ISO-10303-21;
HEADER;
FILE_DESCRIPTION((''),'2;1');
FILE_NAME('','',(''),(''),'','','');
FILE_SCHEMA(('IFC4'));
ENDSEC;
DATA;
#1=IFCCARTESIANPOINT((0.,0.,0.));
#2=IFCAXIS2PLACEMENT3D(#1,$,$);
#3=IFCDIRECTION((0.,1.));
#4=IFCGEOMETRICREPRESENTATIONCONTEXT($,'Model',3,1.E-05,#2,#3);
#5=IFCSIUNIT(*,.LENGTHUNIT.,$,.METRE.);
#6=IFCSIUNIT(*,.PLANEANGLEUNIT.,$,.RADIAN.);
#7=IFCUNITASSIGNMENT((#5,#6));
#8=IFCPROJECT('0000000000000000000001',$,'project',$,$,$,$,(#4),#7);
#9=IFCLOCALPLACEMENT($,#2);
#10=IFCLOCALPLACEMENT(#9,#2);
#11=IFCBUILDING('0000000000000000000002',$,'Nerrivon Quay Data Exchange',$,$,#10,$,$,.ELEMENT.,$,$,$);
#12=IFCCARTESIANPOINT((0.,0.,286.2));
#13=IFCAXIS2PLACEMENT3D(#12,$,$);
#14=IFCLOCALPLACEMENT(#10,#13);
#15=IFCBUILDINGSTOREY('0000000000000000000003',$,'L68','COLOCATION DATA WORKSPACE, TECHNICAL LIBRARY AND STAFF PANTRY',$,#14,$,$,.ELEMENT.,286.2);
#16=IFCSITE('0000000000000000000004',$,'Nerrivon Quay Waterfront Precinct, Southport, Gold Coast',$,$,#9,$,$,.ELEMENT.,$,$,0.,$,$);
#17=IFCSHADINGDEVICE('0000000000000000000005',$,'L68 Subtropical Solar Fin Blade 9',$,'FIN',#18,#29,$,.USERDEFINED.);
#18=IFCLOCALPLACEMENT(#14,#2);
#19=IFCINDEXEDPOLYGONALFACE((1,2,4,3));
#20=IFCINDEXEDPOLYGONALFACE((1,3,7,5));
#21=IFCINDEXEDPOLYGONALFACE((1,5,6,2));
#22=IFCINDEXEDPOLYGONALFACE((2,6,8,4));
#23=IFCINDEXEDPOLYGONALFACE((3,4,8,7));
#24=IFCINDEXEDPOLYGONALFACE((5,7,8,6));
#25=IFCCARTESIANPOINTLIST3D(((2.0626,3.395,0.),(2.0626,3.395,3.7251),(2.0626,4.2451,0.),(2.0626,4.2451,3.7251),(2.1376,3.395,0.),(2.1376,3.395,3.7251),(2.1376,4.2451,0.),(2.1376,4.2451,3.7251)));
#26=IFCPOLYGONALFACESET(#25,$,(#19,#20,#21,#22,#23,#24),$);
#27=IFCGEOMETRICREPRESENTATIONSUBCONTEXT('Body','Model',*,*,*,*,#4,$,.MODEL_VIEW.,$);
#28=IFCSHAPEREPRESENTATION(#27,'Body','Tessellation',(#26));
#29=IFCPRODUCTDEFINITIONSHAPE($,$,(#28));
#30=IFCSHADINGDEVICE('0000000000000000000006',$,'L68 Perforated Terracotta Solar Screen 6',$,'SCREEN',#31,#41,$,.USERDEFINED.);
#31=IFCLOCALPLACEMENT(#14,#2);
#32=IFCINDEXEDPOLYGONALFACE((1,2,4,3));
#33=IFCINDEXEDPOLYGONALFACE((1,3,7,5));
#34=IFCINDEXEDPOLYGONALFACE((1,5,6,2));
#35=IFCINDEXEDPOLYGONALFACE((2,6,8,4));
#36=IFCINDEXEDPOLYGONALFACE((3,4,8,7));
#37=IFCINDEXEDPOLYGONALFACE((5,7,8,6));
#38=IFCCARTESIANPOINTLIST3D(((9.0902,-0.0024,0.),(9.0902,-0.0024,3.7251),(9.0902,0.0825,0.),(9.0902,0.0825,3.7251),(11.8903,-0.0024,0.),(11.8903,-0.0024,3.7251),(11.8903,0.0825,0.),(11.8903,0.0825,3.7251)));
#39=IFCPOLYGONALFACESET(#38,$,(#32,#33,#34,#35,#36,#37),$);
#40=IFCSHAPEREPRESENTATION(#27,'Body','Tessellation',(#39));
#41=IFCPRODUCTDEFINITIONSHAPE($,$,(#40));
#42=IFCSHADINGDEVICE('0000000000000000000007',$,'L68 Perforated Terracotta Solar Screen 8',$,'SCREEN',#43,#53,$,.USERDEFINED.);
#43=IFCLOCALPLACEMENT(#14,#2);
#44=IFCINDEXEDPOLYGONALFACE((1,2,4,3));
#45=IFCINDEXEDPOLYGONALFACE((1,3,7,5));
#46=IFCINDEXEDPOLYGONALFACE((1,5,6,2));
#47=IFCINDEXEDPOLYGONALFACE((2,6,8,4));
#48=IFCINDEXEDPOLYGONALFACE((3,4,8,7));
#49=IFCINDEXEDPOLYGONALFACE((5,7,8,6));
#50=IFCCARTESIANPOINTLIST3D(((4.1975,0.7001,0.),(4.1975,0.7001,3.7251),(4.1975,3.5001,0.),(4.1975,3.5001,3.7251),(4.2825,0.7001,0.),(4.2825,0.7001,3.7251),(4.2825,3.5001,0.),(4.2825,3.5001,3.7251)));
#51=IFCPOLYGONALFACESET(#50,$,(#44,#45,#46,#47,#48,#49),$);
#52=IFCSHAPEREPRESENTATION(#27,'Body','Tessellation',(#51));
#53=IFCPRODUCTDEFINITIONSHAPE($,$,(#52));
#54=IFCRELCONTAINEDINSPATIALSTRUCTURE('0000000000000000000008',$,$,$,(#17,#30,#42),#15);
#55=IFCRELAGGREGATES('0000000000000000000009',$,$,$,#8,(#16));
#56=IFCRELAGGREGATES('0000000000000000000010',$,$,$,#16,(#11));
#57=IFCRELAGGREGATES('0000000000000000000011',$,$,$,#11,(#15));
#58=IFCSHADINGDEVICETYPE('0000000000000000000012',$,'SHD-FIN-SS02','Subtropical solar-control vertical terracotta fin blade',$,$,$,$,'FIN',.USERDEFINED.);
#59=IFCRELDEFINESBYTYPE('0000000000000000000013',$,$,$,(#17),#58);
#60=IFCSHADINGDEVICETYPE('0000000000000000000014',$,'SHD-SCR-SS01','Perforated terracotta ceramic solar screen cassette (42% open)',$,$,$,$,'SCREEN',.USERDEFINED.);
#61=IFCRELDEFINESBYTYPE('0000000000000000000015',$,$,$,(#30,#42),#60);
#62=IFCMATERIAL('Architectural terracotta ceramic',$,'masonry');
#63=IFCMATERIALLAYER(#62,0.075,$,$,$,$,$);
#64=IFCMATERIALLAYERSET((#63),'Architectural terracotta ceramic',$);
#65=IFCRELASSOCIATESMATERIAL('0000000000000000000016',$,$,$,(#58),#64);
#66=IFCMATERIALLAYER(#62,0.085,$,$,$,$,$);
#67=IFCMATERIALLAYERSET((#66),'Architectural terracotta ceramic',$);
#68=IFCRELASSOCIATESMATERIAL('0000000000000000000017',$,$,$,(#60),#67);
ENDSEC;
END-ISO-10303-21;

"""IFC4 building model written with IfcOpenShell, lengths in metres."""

from ifc_helpers import new_model, si_unit, direction, frame, origin, origin_2d, place, context, subcontext, project, spatial, rectangle, extrude, material, layer, layer_set, type_object, element, save


model = new_model("IFC4")

# Units and contexts
model_context = context("Model", 3, precision=1e-05, world=origin(), true_north=direction((0.0, 1.0)))
body_context = subcontext(model_context, "Body", "Model", "MODEL_VIEW")
ifc_project = project(units=[si_unit("LENGTHUNIT", "METRE"), si_unit("PLANEANGLEUNIT", "RADIAN")], contexts=[model_context])

# Site, building, storey
site_placement = place(None, origin())
site = spatial("IfcSite", under=ifc_project, at=site_placement, Name="Nerrivon Quay Waterfront Precinct, Southport, Gold Coast", CompositionType="ELEMENT", RefElevation=0.0)
building_placement = place(site_placement, origin())
building = spatial("IfcBuilding", under=site, at=building_placement, Name="Nerrivon Quay Data Exchange", CompositionType="ELEMENT")
storey_placement = place(building_placement, frame((0.0, 0.0, 286.2)))
storey = spatial("IfcBuildingStorey", under=building, at=storey_placement, Name="L68", Description="COLOCATION DATA WORKSPACE, TECHNICAL LIBRARY AND STAFF PANTRY", CompositionType="ELEMENT", Elevation=286.2)

# Shared definitions
ifc_material_1 = material(Name="Architectural terracotta ceramic", Category="masonry")

# Shading devices
ifc_layer_1 = layer(ifc_material_1, 0.075)
ifc_layer_set_1 = layer_set([ifc_layer_1], Name="Architectural terracotta ceramic")
shading_device_type_1 = type_object("IfcShadingDeviceType", Name="SHD-FIN-SS02", Description="Subtropical solar-control vertical terracotta fin blade", ElementType="FIN", PredefinedType="USERDEFINED", material=ifc_layer_set_1)
for number, where, z_axis, x_axis, name in (
    (1, (2.1001, 3.8201, 0.0), (0.0, 0.0, 1.0), (-1.0, 0.0, 0.0), "L68 Subtropical Solar Fin Blade 9"),
):
    element("IfcShadingDevice", number, at=place(storey_placement, frame(where, z_axis=z_axis, x_axis=x_axis)), inside=storey, type_object=shading_device_type_1, Name=name, ObjectType="FIN", PredefinedType="USERDEFINED", context=body_context, shape_type="SweptSolid", body=[
        extrude(rectangle(XDim=0.075, YDim=0.8501, at=origin_2d()), origin(), (0.0, 0.0, 1.0), 3.7251),
    ])
ifc_layer_2 = layer(ifc_material_1, 0.085)
ifc_layer_set_2 = layer_set([ifc_layer_2], Name="Architectural terracotta ceramic")
shading_device_type_2 = type_object("IfcShadingDeviceType", Name="SHD-SCR-SS01", Description="Perforated terracotta ceramic solar screen cassette (42% open)", ElementType="SCREEN", PredefinedType="USERDEFINED", material=ifc_layer_set_2)
for number, where, z_axis, x_axis, name in (
    (2, (10.4902, 0.04, 0.0), (0.0, 0.0, 1.0), (-1.0, 0.0, 0.0), "L68 Perforated Terracotta Solar Screen 6"),
    (3, (4.24, 2.1001, 0.0), (0.0, 0.0, 1.0), (0.0, 1.0, 0.0), "L68 Perforated Terracotta Solar Screen 8"),
):
    element("IfcShadingDevice", number, at=place(storey_placement, frame(where, z_axis=z_axis, x_axis=x_axis)), inside=storey, type_object=shading_device_type_2, Name=name, ObjectType="SCREEN", PredefinedType="USERDEFINED", context=body_context, shape_type="SweptSolid", body=[
        extrude(rectangle(XDim=2.8, YDim=0.085, at=origin_2d()), origin(), (0.0, 0.0, 1.0), 3.7251),
    ])

save(model, "model.ifc")
